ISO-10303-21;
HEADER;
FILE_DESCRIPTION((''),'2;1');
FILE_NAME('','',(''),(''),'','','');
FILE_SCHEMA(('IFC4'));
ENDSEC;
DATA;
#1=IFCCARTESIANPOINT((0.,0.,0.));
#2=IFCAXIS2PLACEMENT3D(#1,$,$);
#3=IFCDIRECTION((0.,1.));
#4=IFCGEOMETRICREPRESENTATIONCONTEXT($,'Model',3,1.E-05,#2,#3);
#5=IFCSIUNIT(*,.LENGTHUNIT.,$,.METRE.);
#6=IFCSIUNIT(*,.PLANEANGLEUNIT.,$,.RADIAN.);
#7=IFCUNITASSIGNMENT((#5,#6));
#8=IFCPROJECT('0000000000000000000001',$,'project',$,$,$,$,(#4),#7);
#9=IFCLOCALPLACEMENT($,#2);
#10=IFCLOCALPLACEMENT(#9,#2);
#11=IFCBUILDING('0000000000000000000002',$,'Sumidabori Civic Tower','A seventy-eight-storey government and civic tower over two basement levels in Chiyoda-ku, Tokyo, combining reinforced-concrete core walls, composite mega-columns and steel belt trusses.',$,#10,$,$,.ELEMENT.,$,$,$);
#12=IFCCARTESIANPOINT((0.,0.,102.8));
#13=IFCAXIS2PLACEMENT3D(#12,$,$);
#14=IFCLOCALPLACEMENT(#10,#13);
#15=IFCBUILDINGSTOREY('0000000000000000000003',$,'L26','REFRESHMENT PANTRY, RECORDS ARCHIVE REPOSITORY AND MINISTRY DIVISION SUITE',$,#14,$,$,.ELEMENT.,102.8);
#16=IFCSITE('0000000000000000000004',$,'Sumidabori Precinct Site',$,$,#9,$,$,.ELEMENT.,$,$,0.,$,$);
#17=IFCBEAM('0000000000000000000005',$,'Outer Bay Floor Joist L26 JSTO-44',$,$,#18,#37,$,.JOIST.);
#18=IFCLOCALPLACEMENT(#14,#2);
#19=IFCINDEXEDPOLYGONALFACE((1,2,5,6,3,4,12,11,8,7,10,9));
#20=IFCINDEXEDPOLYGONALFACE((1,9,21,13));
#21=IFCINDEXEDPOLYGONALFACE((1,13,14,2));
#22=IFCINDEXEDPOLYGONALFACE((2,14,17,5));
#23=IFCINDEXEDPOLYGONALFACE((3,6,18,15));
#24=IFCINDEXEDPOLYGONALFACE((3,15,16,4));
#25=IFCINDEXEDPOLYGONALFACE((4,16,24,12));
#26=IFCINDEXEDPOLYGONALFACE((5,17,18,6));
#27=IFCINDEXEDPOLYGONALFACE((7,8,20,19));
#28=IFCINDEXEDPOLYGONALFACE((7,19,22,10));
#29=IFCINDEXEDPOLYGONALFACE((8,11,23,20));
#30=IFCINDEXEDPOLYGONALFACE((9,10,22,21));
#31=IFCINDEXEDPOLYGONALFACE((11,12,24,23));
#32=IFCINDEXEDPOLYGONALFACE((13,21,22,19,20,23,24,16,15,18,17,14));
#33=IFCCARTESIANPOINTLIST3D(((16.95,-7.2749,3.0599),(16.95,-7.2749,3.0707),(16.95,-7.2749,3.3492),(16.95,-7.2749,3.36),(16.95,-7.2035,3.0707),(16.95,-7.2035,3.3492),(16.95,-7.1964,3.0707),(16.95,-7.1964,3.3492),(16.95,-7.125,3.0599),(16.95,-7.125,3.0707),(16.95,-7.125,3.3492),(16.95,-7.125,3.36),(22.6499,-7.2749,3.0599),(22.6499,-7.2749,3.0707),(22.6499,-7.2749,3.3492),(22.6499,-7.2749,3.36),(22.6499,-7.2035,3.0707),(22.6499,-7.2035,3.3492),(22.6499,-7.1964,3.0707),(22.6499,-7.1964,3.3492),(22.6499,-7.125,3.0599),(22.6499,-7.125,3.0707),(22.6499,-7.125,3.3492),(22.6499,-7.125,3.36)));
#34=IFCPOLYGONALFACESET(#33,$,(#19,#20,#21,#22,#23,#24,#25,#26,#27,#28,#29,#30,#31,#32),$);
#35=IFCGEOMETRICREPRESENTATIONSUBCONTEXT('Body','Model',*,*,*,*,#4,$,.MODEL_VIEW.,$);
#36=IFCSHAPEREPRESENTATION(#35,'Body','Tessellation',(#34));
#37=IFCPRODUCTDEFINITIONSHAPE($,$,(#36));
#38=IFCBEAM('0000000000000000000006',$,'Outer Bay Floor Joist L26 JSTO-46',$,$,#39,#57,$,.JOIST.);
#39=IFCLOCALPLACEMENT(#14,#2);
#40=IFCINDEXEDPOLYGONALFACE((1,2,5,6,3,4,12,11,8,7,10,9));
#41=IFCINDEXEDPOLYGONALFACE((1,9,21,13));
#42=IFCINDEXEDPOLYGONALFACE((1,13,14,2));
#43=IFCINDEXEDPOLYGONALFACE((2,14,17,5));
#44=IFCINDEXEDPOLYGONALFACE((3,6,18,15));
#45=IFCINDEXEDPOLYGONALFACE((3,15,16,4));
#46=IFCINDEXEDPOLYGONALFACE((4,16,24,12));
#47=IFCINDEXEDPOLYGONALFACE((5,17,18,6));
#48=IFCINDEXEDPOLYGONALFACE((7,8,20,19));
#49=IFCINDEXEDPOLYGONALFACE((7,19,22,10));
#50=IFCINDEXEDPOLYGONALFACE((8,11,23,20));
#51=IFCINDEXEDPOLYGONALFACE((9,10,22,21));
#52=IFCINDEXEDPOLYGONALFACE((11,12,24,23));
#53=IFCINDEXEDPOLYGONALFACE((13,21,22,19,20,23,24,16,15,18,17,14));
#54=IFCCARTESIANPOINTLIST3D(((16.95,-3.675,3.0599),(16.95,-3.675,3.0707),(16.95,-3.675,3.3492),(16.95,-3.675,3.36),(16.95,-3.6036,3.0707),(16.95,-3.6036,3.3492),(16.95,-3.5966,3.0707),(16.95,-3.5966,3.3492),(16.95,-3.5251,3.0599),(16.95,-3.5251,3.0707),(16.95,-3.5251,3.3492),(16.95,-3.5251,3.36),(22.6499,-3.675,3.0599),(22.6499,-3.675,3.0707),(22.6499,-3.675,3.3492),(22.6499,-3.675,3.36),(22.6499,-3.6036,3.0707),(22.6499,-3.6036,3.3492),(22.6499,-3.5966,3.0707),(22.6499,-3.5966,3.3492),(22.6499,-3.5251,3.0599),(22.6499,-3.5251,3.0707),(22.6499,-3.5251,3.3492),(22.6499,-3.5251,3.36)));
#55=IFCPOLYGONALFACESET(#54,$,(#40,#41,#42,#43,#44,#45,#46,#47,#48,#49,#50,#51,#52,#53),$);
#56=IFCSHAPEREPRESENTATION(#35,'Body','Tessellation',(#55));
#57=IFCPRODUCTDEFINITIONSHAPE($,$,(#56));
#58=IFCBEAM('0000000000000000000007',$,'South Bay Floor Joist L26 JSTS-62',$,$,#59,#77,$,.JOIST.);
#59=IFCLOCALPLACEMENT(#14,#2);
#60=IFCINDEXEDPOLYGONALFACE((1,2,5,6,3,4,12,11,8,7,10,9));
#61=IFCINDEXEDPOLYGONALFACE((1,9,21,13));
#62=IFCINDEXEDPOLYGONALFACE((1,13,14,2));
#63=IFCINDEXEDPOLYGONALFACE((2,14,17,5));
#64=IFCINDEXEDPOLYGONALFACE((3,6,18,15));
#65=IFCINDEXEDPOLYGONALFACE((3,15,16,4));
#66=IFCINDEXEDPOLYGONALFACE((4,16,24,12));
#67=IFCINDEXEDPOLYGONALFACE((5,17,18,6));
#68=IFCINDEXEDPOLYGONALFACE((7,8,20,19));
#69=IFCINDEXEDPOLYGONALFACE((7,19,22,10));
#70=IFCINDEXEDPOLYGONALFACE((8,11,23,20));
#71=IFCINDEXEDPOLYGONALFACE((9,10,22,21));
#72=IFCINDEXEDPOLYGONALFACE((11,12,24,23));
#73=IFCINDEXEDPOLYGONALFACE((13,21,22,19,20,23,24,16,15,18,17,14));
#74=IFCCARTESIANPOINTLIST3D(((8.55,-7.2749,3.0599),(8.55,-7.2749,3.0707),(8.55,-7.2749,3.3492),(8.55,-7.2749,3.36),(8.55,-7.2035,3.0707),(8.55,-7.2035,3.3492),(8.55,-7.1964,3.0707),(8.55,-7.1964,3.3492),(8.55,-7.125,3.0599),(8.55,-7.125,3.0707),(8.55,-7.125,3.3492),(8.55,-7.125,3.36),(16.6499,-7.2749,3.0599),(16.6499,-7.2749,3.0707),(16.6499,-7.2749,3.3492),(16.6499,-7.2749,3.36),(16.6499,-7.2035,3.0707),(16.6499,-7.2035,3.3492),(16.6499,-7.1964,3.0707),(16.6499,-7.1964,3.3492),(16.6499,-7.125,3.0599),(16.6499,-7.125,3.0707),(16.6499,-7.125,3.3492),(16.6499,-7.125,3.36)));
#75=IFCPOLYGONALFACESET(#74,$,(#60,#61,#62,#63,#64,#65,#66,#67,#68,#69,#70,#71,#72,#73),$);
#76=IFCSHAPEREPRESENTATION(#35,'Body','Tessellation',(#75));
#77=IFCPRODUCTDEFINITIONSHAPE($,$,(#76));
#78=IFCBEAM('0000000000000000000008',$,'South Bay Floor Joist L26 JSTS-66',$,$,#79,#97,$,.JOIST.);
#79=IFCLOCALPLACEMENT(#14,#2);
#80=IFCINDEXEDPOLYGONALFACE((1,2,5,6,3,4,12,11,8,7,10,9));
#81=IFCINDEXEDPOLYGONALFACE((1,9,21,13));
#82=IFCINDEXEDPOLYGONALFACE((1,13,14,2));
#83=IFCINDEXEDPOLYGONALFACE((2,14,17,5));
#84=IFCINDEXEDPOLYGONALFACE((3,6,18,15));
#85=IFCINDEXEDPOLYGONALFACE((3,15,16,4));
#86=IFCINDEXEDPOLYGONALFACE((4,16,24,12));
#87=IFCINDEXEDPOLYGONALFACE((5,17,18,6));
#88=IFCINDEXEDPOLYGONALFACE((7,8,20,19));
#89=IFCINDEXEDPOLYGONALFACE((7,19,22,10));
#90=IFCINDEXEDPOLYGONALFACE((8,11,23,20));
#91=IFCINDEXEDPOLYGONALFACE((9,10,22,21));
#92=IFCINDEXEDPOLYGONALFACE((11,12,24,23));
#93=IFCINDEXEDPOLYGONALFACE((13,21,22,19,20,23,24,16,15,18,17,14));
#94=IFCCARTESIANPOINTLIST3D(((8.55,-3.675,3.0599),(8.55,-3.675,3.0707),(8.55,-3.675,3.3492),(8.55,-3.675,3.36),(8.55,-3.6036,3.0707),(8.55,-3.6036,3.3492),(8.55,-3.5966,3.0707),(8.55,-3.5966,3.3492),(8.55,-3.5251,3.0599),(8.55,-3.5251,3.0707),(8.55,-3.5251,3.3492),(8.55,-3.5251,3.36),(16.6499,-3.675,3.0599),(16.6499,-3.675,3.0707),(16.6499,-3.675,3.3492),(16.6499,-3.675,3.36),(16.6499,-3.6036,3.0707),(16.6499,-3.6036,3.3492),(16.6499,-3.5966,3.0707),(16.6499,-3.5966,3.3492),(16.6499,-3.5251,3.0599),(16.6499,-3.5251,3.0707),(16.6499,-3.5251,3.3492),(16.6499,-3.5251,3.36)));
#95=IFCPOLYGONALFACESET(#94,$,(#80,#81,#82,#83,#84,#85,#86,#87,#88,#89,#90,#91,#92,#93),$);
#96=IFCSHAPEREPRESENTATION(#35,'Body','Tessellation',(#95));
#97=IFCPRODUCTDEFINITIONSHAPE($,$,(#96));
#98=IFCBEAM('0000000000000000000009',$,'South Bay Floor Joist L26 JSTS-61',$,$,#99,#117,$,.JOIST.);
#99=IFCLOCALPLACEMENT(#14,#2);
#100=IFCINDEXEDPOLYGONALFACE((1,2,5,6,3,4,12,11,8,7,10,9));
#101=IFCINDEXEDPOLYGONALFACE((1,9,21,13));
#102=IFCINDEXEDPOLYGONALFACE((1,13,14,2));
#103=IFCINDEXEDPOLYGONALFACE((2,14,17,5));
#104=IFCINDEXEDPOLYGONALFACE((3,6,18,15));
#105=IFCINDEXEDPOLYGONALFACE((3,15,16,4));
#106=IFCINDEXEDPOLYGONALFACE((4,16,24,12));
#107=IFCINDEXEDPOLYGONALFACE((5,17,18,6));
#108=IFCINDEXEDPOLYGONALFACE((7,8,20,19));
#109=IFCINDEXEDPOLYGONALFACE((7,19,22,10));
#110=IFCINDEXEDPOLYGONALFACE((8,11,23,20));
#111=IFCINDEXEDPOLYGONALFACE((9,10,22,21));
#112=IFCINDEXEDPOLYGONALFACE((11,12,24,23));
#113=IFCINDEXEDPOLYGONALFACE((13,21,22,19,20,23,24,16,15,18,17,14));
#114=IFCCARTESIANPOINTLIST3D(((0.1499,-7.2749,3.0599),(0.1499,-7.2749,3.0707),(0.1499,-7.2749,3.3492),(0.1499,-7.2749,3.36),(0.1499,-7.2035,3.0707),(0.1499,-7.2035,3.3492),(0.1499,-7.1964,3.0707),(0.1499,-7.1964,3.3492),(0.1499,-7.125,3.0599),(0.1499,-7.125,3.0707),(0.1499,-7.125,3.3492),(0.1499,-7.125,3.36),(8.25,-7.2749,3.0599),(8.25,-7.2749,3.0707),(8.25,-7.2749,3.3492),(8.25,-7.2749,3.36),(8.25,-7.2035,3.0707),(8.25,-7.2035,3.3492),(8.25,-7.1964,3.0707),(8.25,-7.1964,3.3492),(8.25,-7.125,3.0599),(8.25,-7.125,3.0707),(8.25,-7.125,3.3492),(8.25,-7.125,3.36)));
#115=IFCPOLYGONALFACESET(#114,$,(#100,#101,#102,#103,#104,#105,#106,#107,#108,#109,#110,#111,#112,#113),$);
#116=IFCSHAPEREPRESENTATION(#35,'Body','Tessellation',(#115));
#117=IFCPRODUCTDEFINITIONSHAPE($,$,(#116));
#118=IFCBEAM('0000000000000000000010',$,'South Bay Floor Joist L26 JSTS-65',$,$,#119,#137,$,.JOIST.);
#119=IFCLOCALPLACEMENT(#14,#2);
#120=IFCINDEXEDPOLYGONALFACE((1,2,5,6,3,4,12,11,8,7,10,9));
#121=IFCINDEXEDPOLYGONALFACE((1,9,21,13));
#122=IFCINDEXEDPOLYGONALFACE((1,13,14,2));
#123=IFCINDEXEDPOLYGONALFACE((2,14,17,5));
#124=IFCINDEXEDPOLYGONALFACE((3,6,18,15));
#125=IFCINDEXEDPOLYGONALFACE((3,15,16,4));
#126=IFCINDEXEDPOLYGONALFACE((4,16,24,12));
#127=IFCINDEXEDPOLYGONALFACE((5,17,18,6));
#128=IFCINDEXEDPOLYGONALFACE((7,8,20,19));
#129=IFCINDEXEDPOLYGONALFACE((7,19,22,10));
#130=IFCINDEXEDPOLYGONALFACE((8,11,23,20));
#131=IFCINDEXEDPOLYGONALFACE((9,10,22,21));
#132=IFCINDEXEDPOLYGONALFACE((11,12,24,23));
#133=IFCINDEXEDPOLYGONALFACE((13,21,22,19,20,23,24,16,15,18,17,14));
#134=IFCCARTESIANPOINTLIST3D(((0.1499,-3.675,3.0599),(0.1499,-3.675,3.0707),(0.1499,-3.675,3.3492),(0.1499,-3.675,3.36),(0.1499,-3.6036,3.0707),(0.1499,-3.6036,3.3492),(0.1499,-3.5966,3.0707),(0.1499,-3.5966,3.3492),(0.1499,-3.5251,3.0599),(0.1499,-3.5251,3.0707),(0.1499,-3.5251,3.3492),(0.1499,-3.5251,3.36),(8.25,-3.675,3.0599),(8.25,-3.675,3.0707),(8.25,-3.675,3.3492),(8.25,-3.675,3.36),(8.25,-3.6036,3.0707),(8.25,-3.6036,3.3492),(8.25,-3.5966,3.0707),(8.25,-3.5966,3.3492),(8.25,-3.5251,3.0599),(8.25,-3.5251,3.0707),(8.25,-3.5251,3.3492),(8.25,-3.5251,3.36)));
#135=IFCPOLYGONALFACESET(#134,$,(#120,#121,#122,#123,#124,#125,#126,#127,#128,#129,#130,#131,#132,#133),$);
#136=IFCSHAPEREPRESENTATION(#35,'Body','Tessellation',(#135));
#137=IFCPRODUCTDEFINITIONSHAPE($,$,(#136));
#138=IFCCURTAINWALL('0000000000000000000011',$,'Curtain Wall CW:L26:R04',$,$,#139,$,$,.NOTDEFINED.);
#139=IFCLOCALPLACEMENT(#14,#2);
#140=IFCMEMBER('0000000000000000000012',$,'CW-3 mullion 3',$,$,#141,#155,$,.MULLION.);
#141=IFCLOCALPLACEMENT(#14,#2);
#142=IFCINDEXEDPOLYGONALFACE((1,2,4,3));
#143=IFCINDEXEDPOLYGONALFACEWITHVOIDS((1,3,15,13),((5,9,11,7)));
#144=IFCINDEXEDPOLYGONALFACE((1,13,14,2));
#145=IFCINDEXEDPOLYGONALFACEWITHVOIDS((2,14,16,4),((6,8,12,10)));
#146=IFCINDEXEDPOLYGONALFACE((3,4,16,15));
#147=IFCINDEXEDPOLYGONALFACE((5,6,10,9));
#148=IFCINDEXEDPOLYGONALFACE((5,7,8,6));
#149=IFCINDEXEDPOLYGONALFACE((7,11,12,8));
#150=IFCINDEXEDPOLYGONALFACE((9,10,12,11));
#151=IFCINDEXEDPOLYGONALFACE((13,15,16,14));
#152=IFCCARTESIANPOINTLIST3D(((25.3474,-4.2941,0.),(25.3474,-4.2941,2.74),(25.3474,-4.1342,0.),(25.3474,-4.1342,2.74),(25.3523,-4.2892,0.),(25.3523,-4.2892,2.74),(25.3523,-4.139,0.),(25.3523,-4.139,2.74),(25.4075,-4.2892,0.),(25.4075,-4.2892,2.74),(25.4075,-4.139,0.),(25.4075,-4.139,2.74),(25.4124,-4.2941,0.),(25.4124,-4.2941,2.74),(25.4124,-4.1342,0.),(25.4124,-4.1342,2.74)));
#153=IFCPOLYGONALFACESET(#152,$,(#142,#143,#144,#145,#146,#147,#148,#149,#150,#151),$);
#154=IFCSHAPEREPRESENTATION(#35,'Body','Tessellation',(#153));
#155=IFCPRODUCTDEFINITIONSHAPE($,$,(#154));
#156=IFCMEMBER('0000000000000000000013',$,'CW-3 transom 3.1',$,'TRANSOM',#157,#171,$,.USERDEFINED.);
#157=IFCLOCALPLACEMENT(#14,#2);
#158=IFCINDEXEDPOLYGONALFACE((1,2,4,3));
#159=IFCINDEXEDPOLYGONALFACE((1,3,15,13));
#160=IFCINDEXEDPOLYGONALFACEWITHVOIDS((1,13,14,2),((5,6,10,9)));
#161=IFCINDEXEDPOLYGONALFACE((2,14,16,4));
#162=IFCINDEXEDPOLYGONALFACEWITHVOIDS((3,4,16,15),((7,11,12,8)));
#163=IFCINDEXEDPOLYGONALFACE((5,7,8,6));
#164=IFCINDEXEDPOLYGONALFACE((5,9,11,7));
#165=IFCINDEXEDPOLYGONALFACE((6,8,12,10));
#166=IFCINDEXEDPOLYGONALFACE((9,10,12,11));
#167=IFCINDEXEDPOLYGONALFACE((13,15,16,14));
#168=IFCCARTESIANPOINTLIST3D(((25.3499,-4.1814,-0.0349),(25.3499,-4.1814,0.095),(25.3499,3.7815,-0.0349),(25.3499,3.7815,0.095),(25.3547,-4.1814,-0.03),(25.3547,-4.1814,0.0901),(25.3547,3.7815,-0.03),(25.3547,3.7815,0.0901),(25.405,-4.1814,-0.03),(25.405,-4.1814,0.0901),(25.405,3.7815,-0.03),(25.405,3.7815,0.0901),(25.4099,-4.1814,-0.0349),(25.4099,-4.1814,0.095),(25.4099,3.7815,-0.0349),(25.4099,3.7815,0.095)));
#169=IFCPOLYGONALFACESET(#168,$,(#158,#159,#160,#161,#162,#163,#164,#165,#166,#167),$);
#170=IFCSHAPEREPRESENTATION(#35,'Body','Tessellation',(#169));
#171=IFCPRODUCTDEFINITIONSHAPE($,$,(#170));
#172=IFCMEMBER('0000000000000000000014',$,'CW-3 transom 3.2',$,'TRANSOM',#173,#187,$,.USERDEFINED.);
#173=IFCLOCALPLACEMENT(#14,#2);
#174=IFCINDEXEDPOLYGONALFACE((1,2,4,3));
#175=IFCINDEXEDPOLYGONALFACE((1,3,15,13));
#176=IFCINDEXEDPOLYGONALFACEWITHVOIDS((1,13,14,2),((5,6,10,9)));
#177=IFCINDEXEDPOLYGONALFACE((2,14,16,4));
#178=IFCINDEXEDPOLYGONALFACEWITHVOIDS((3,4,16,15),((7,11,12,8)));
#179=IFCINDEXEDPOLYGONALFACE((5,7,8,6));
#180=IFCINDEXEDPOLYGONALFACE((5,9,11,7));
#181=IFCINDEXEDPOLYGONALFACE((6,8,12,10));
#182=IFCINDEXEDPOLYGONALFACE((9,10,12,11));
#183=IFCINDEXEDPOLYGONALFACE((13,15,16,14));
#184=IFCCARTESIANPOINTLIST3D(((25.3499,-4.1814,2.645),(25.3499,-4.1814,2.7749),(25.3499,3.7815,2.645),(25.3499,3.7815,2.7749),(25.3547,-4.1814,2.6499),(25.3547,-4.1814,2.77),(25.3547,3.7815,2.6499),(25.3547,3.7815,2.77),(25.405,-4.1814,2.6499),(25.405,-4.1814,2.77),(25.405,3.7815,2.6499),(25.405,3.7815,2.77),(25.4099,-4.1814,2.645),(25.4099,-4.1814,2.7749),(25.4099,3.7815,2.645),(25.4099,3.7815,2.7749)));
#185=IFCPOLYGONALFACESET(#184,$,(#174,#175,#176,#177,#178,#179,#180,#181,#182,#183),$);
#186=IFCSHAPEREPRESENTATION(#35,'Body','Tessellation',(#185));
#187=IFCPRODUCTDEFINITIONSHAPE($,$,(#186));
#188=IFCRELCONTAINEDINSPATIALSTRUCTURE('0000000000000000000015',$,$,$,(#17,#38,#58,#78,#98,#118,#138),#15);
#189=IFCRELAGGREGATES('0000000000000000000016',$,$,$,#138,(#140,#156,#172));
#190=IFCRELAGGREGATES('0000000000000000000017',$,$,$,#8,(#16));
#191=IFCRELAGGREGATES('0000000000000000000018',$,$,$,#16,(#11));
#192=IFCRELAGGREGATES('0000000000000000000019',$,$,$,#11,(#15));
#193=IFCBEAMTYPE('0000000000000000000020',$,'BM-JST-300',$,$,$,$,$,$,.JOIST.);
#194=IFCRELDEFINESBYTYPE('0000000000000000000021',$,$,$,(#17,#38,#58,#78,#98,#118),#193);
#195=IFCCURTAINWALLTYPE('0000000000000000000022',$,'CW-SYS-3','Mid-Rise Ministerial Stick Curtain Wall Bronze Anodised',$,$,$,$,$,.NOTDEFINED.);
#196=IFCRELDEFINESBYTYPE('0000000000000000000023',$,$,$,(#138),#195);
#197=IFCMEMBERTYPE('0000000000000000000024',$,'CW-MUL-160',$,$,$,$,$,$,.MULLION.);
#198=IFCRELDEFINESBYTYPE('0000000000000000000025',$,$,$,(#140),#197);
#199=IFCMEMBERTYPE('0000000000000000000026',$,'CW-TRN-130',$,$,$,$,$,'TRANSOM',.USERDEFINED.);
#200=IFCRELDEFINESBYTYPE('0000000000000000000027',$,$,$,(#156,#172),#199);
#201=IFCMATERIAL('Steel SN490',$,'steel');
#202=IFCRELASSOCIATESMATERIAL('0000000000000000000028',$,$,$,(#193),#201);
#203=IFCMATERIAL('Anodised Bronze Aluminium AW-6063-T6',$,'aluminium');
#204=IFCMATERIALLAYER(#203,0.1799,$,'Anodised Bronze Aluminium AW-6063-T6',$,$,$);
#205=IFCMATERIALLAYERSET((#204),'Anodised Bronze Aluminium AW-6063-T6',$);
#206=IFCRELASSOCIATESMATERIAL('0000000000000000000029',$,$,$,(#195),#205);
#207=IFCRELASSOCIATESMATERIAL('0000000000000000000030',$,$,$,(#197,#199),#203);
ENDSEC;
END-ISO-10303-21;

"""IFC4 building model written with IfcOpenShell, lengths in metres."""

from ifc_helpers import new_model, si_unit, direction, frame, origin, origin_2d, place, context, subcontext, project, spatial, hollow_rectangle, i_section, extrude, source, transform, mapped, material, layer, layer_set, material_profile, profile_set, type_object, element, aggregate, save


model = new_model("IFC4")

# Units and contexts
model_context = context("Model", 3, precision=1e-05, world=origin(), true_north=direction((0.0, 1.0)))
body_context = subcontext(model_context, "Body", "Model", "MODEL_VIEW")
ifc_project = project(units=[si_unit("LENGTHUNIT", "METRE"), si_unit("PLANEANGLEUNIT", "RADIAN")], contexts=[model_context])

# Site, building, storey
site_placement = place(None, origin())
site = spatial("IfcSite", under=ifc_project, at=site_placement, Name="Sumidabori Precinct Site", CompositionType="ELEMENT", RefElevation=0.0)
building_placement = place(site_placement, origin())
building = spatial("IfcBuilding", under=site, at=building_placement, Name="Sumidabori Civic Tower", Description="A seventy-eight-storey government and civic tower over two basement levels in Chiyoda-ku, Tokyo, combining reinforced-concrete core walls, composite mega-columns and steel belt trusses.", CompositionType="ELEMENT")
storey_placement = place(building_placement, frame((0.0, 0.0, 102.8)))
storey = spatial("IfcBuildingStorey", under=building, at=storey_placement, Name="L26", Description="REFRESHMENT PANTRY, RECORDS ARCHIVE REPOSITORY AND MINISTRY DIVISION SUITE", CompositionType="ELEMENT", Elevation=102.8)

# Beams
ifc_material_1 = material(Name="Steel SN490", Category="steel")
ifc_material_profile_1 = material_profile(ifc_material_1, i_section(OverallWidth=0.1499, OverallDepth=0.3, WebThickness=0.0071, FlangeThickness=0.0107, at=origin_2d()), Name="IPE 300")
ifc_profile_set_1 = profile_set([ifc_material_profile_1], Name="Steel SN490")
beam_type_1 = type_object("IfcBeamType", Name="BM-JST-300", PredefinedType="JOIST", material=ifc_profile_set_1)
shared_shape_1 = source(origin(), body_context, "Body", "SweptSolid", [
    extrude(i_section(OverallWidth=0.1499, OverallDepth=0.3, WebThickness=0.0071, FlangeThickness=0.0107, at=origin_2d()), origin(), (0.0, 0.0, 1.0), 5.7),
])
for number, where, z_axis, x_axis, name in (
    (1, (16.95, -7.2, 3.21), (1.0, 0.0, 0.0), (0.0, 1.0, 0.0), "Outer Bay Floor Joist L26 JSTO-44"),
    (2, (16.95, -3.6001, 3.21), (1.0, 0.0, 0.0), (0.0, 1.0, 0.0), "Outer Bay Floor Joist L26 JSTO-46"),
):
    element("IfcBeam", number, at=place(storey_placement, frame(where, z_axis=z_axis, x_axis=x_axis)), inside=storey, type_object=beam_type_1, Name=name, PredefinedType="JOIST", context=body_context, shape_type="MappedRepresentation", body=[
        mapped(shared_shape_1, transform((0.0, 0.0, 0.0), x_axis=(1.0, 0.0, 0.0), y_axis=(0.0, 1.0, 0.0), z_axis=(0.0, 0.0, 1.0), scale=1.0)),
    ])
shared_shape_2 = source(origin(), body_context, "Body", "SweptSolid", [
    extrude(i_section(OverallWidth=0.1499, OverallDepth=0.3, WebThickness=0.0071, FlangeThickness=0.0107, at=origin_2d()), origin(), (0.0, 0.0, 1.0), 8.0999),
])
for number, where, z_axis, x_axis, name in (
    (3, (8.55, -7.2, 3.21), (1.0, 0.0, 0.0), (0.0, 1.0, 0.0), "South Bay Floor Joist L26 JSTS-62"),
    (4, (8.55, -3.6001, 3.21), (1.0, 0.0, 0.0), (0.0, 1.0, 0.0), "South Bay Floor Joist L26 JSTS-66"),
):
    element("IfcBeam", number, at=place(storey_placement, frame(where, z_axis=z_axis, x_axis=x_axis)), inside=storey, type_object=beam_type_1, Name=name, PredefinedType="JOIST", context=body_context, shape_type="MappedRepresentation", body=[
        mapped(shared_shape_2, transform((0.0, 0.0, 0.0), x_axis=(1.0, 0.0, 0.0), y_axis=(0.0, 1.0, 0.0), z_axis=(0.0, 0.0, 1.0), scale=1.0)),
    ])
shared_shape_3 = source(origin(), body_context, "Body", "SweptSolid", [
    extrude(i_section(OverallWidth=0.1499, OverallDepth=0.3, WebThickness=0.0071, FlangeThickness=0.0107, at=origin_2d()), origin(), (0.0, 0.0, 1.0), 8.1001),
])
for number, where, z_axis, x_axis, name in (
    (5, (0.1499, -7.2, 3.21), (1.0, 0.0, 0.0), (0.0, 1.0, 0.0), "South Bay Floor Joist L26 JSTS-61"),
    (6, (0.1499, -3.6001, 3.21), (1.0, 0.0, 0.0), (0.0, 1.0, 0.0), "South Bay Floor Joist L26 JSTS-65"),
):
    element("IfcBeam", number, at=place(storey_placement, frame(where, z_axis=z_axis, x_axis=x_axis)), inside=storey, type_object=beam_type_1, Name=name, PredefinedType="JOIST", context=body_context, shape_type="MappedRepresentation", body=[
        mapped(shared_shape_3, transform((0.0, 0.0, 0.0), x_axis=(1.0, 0.0, 0.0), y_axis=(0.0, 1.0, 0.0), z_axis=(0.0, 0.0, 1.0), scale=1.0)),
    ])

# Curtain wall, members
ifc_material_2 = material(Name="Anodised Bronze Aluminium AW-6063-T6", Category="aluminium")
ifc_layer_1 = layer(ifc_material_2, 0.1799, Name="Anodised Bronze Aluminium AW-6063-T6")
ifc_layer_set_1 = layer_set([ifc_layer_1], Name="Anodised Bronze Aluminium AW-6063-T6")
curtain_wall_type = type_object("IfcCurtainWallType", Name="CW-SYS-3", Description="Mid-Rise Ministerial Stick Curtain Wall Bronze Anodised", PredefinedType="NOTDEFINED", material=ifc_layer_set_1)
curtain_wall_placement = place(storey_placement, origin())
curtain_wall = element("IfcCurtainWall", 7, at=curtain_wall_placement, inside=storey, type_object=curtain_wall_type, Name="Curtain Wall CW:L26:R04", PredefinedType="NOTDEFINED")
ifc_material_profile_2 = material_profile(ifc_material_2, hollow_rectangle(XDim=0.0649, YDim=0.1599, WallThickness=0.0049, at=origin_2d()), Name="ALU MULLION 160x65")
ifc_profile_set_2 = profile_set([ifc_material_profile_2], Name="Anodised Bronze Aluminium AW-6063-T6")
member_type_1 = type_object("IfcMemberType", Name="CW-MUL-160", PredefinedType="MULLION", material=ifc_profile_set_2)
shared_shape_4 = source(origin(), body_context, "Body", "SweptSolid", [
    extrude(hollow_rectangle(XDim=0.0649, YDim=0.1599, WallThickness=0.0049, at=origin_2d()), origin(), (0.0, 0.0, 1.0), 2.74),
])
member_1_placement = place(storey_placement, frame((25.3799, -4.2141, 0.0), z_axis=(0.0, 0.0, 1.0), x_axis=(-1.0, 0.0, 0.0)))
member_1 = element("IfcMember", 8, at=member_1_placement, type_object=member_type_1, Name="CW-3 mullion 3", PredefinedType="MULLION", context=body_context, shape_type="MappedRepresentation", body=[
    mapped(shared_shape_4, transform((0.0, 0.0, 0.0), x_axis=(1.0, 0.0, 0.0), y_axis=(0.0, 1.0, 0.0), z_axis=(0.0, 0.0, 1.0), scale=1.0)),
])
ifc_material_profile_3 = material_profile(ifc_material_2, hollow_rectangle(XDim=0.0601, YDim=0.1299, WallThickness=0.0049, at=origin_2d()), Name="ALU TRANSOM 130x60")
ifc_profile_set_3 = profile_set([ifc_material_profile_3], Name="Anodised Bronze Aluminium AW-6063-T6")
member_type_2 = type_object("IfcMemberType", Name="CW-TRN-130", ElementType="TRANSOM", PredefinedType="USERDEFINED", material=ifc_profile_set_3)
shared_shape_5 = source(origin(), body_context, "Body", "SweptSolid", [
    extrude(hollow_rectangle(XDim=0.0601, YDim=0.1299, WallThickness=0.0049, at=origin_2d()), origin(), (0.0, 0.0, 1.0), 7.9629),
])
member_2_placement = place(storey_placement, frame((25.3799, -4.1814, 0.03), z_axis=(0.0, 1.0, 0.0), x_axis=(-1.0, 0.0, 0.0)))
member_2 = element("IfcMember", 9, at=member_2_placement, type_object=member_type_2, Name="CW-3 transom 3.1", ObjectType="TRANSOM", PredefinedType="USERDEFINED", context=body_context, shape_type="MappedRepresentation", body=[
    mapped(shared_shape_5, transform((0.0, 0.0, 0.0), x_axis=(1.0, 0.0, 0.0), y_axis=(0.0, 1.0, 0.0), z_axis=(0.0, 0.0, 1.0), scale=1.0)),
])
member_3_placement = place(storey_placement, frame((25.3799, -4.1814, 2.71), z_axis=(0.0, 1.0, 0.0), x_axis=(-1.0, 0.0, 0.0)))
member_3 = element("IfcMember", 10, at=member_3_placement, type_object=member_type_2, Name="CW-3 transom 3.2", ObjectType="TRANSOM", PredefinedType="USERDEFINED", context=body_context, shape_type="MappedRepresentation", body=[
    mapped(shared_shape_5, transform((0.0, 0.0, 0.0), x_axis=(1.0, 0.0, 0.0), y_axis=(0.0, 1.0, 0.0), z_axis=(0.0, 0.0, 1.0), scale=1.0)),
])
aggregate(curtain_wall, [member_1, member_2, member_3])

save(model, "model.ifc")
